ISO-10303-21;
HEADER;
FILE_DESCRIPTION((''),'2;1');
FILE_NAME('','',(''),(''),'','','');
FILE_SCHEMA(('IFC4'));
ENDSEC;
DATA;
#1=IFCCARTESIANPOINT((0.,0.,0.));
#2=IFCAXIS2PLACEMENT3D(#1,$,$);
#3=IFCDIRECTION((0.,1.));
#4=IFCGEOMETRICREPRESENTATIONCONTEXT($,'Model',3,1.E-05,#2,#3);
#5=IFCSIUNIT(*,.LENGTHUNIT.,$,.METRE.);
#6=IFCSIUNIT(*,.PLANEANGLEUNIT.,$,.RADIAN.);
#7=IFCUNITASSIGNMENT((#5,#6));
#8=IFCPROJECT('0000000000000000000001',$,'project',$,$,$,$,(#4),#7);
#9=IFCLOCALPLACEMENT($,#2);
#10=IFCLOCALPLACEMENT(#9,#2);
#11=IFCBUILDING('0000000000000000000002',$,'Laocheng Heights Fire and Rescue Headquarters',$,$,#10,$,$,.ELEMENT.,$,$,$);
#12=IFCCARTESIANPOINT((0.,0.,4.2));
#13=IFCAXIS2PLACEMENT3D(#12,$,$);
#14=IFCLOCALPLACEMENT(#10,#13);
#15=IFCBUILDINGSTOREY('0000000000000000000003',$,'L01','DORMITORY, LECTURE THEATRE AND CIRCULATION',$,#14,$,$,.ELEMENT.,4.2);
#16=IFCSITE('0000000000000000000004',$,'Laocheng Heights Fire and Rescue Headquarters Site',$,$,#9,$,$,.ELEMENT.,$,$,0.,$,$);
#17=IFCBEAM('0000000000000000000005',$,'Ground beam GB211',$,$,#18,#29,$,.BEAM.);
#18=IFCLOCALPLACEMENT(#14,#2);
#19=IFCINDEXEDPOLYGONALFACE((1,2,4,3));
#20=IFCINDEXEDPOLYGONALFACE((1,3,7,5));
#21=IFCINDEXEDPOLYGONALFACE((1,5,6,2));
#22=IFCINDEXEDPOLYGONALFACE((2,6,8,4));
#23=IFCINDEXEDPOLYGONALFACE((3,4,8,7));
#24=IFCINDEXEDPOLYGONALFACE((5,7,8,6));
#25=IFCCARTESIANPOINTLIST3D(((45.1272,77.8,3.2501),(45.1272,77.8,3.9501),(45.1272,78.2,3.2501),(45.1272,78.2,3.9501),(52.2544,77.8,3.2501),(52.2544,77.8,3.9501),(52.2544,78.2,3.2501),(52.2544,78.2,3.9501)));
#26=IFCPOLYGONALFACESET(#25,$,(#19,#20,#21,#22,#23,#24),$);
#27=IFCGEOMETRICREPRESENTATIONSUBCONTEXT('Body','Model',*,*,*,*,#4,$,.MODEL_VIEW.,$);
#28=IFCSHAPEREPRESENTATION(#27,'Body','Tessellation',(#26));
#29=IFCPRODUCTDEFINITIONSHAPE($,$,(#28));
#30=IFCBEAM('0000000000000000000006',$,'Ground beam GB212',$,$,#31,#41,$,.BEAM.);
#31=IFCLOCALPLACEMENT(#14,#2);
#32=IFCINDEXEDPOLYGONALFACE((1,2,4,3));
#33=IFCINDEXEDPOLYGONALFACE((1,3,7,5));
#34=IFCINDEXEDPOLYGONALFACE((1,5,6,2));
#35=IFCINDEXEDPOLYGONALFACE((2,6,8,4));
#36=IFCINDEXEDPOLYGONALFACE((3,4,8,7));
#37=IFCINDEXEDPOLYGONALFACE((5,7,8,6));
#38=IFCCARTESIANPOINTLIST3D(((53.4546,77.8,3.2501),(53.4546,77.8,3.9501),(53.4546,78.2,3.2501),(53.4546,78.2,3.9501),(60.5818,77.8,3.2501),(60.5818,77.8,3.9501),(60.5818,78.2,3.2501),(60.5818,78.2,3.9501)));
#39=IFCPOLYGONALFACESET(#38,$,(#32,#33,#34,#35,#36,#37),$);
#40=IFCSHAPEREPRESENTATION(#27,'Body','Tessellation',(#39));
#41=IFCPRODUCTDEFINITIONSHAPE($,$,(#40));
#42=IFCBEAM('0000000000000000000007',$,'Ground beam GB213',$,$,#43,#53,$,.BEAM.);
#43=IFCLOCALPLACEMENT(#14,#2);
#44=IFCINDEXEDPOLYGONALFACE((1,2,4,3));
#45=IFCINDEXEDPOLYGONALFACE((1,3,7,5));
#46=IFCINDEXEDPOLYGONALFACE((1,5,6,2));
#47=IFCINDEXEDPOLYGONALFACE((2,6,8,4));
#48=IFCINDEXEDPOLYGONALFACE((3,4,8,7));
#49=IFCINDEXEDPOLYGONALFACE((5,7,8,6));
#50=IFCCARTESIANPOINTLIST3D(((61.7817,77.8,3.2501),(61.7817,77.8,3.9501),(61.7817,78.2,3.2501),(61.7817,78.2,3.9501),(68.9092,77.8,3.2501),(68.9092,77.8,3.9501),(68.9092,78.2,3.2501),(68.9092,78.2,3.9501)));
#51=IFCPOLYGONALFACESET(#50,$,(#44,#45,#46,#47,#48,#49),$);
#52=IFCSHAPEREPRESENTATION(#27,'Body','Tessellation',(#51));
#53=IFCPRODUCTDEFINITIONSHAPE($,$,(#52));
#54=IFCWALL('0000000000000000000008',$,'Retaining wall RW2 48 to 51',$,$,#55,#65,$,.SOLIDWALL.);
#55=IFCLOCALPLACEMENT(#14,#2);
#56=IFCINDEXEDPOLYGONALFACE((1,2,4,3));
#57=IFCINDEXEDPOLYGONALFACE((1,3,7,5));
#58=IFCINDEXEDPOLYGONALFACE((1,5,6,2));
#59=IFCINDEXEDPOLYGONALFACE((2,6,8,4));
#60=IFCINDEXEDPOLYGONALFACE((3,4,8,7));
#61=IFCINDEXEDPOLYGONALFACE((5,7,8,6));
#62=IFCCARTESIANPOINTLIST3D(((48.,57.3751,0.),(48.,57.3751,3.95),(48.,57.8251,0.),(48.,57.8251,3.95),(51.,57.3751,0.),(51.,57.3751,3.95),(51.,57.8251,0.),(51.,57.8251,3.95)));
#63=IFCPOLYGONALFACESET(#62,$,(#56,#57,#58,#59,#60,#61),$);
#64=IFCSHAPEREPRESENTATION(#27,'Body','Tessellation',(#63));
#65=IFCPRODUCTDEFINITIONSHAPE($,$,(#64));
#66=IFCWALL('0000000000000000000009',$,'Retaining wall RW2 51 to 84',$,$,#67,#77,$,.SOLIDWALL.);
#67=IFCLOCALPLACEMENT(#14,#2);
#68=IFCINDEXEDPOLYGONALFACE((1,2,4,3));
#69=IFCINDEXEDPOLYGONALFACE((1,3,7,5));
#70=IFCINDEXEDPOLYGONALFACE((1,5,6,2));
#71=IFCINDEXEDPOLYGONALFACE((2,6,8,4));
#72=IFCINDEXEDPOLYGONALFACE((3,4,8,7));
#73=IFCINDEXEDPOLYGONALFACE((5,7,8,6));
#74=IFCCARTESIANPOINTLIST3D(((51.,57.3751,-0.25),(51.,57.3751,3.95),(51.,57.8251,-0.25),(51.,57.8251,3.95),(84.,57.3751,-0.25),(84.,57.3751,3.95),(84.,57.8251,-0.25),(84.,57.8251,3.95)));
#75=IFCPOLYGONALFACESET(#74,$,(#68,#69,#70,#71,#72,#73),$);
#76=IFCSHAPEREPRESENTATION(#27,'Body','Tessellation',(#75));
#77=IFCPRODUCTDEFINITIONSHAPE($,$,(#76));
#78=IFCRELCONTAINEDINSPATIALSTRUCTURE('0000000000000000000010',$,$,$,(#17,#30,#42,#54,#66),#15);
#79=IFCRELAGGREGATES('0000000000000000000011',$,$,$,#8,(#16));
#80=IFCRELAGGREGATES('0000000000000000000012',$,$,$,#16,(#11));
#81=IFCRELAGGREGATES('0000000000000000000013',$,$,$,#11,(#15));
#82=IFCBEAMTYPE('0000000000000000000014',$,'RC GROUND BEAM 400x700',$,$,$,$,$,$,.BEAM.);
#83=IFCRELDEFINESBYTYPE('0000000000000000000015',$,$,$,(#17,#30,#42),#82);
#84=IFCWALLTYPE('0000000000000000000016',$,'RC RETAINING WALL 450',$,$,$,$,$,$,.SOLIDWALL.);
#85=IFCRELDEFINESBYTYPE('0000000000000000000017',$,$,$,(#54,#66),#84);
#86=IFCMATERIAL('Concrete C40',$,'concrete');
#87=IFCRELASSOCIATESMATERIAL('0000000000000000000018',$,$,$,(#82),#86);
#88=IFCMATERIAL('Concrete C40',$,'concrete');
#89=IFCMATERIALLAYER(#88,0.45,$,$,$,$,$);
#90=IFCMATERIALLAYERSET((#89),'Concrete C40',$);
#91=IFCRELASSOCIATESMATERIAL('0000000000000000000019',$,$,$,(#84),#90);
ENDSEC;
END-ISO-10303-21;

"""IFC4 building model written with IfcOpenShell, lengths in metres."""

from ifc_helpers import new_model, si_unit, direction, frame, frame_2d, origin, origin_2d, place, context, subcontext, project, spatial, rectangle, extrude, material, layer, layer_set, material_profile, profile_set, type_object, element, save


model = new_model("IFC4")

# Units and contexts
model_context = context("Model", 3, precision=1e-05, world=origin(), true_north=direction((0.0, 1.0)))
body_context = subcontext(model_context, "Body", "Model", "MODEL_VIEW")
ifc_project = project(units=[si_unit("LENGTHUNIT", "METRE"), si_unit("PLANEANGLEUNIT", "RADIAN")], contexts=[model_context])

# Site, building, storey
site_placement = place(None, origin())
site = spatial("IfcSite", under=ifc_project, at=site_placement, Name="Laocheng Heights Fire and Rescue Headquarters Site", CompositionType="ELEMENT", RefElevation=0.0)
building_placement = place(site_placement, origin())
building = spatial("IfcBuilding", under=site, at=building_placement, Name="Laocheng Heights Fire and Rescue Headquarters", CompositionType="ELEMENT")
storey_placement = place(building_placement, frame((0.0, 0.0, 4.2)))
storey = spatial("IfcBuildingStorey", under=building, at=storey_placement, Name="L01", Description="DORMITORY, LECTURE THEATRE AND CIRCULATION", CompositionType="ELEMENT", Elevation=4.2)

# Beams
ifc_material_1 = material(Name="Concrete C40", Category="concrete")
ifc_material_profile_1 = material_profile(ifc_material_1, rectangle(XDim=0.3999, YDim=0.7, at=origin_2d()), Name="RC GROUND BEAM 400x700")
ifc_profile_set_1 = profile_set([ifc_material_profile_1], Name="Concrete C40")
beam_type_1 = type_object("IfcBeamType", Name="RC GROUND BEAM 400x700", PredefinedType="BEAM", material=ifc_profile_set_1)
for number, where, z_axis, x_axis, name in (
    (1, (45.1272, 78.0, 3.6001), (1.0, 0.0, 0.0), (0.0, 1.0, 0.0), "Ground beam GB211"),
    (2, (53.4546, 78.0, 3.6001), (1.0, 0.0, 0.0), (0.0, 1.0, 0.0), "Ground beam GB212"),
):
    element("IfcBeam", number, at=place(storey_placement, frame(where, z_axis=z_axis, x_axis=x_axis)), inside=storey, type_object=beam_type_1, Name=name, PredefinedType="BEAM", context=body_context, shape_type="SweptSolid", body=[
        extrude(rectangle(XDim=0.3999, YDim=0.7, at=origin_2d()), origin(), (0.0, 0.0, 1.0), 7.1272),
    ])
beam_1_placement = place(storey_placement, frame((61.7817, 78.0, 3.6001), z_axis=(1.0, 0.0, 0.0), x_axis=(0.0, 1.0, 0.0)))
element("IfcBeam", 3, at=beam_1_placement, inside=storey, type_object=beam_type_1, Name="Ground beam GB213", PredefinedType="BEAM", context=body_context, shape_type="SweptSolid", body=[
    extrude(rectangle(XDim=0.3999, YDim=0.7, at=origin_2d()), origin(), (0.0, 0.0, 1.0), 7.1274),
])

# Walls
ifc_material_2 = material(Name="Concrete C40", Category="concrete")
ifc_layer = layer(ifc_material_2, 0.45)
ifc_layer_set = layer_set([ifc_layer], Name="Concrete C40")
wall_type = type_object("IfcWallType", Name="RC RETAINING WALL 450", PredefinedType="SOLIDWALL", material=ifc_layer_set)
wall_1_placement = place(storey_placement, frame((48.0, 57.6001, 0.0), z_axis=(0.0, 0.0, 1.0), x_axis=(1.0, 0.0, 0.0)))
element("IfcWall", 4, at=wall_1_placement, inside=storey, type_object=wall_type, Name="Retaining wall RW2 48 to 51", PredefinedType="SOLIDWALL", context=body_context, shape_type="SweptSolid", body=[
    extrude(rectangle(XDim=3.0, YDim=0.45, at=frame_2d((1.5, 0.0))), origin(), (0.0, 0.0, 1.0), 3.95),
])
wall_2_placement = place(storey_placement, frame((51.0, 57.6001, -0.25), z_axis=(0.0, 0.0, 1.0), x_axis=(1.0, 0.0, 0.0)))
element("IfcWall", 5, at=wall_2_placement, inside=storey, type_object=wall_type, Name="Retaining wall RW2 51 to 84", PredefinedType="SOLIDWALL", context=body_context, shape_type="SweptSolid", body=[
    extrude(rectangle(XDim=33.0, YDim=0.45, at=frame_2d((16.5, 0.0))), origin(), (0.0, 0.0, 1.0), 4.2),
])

save(model, "model.ifc")
